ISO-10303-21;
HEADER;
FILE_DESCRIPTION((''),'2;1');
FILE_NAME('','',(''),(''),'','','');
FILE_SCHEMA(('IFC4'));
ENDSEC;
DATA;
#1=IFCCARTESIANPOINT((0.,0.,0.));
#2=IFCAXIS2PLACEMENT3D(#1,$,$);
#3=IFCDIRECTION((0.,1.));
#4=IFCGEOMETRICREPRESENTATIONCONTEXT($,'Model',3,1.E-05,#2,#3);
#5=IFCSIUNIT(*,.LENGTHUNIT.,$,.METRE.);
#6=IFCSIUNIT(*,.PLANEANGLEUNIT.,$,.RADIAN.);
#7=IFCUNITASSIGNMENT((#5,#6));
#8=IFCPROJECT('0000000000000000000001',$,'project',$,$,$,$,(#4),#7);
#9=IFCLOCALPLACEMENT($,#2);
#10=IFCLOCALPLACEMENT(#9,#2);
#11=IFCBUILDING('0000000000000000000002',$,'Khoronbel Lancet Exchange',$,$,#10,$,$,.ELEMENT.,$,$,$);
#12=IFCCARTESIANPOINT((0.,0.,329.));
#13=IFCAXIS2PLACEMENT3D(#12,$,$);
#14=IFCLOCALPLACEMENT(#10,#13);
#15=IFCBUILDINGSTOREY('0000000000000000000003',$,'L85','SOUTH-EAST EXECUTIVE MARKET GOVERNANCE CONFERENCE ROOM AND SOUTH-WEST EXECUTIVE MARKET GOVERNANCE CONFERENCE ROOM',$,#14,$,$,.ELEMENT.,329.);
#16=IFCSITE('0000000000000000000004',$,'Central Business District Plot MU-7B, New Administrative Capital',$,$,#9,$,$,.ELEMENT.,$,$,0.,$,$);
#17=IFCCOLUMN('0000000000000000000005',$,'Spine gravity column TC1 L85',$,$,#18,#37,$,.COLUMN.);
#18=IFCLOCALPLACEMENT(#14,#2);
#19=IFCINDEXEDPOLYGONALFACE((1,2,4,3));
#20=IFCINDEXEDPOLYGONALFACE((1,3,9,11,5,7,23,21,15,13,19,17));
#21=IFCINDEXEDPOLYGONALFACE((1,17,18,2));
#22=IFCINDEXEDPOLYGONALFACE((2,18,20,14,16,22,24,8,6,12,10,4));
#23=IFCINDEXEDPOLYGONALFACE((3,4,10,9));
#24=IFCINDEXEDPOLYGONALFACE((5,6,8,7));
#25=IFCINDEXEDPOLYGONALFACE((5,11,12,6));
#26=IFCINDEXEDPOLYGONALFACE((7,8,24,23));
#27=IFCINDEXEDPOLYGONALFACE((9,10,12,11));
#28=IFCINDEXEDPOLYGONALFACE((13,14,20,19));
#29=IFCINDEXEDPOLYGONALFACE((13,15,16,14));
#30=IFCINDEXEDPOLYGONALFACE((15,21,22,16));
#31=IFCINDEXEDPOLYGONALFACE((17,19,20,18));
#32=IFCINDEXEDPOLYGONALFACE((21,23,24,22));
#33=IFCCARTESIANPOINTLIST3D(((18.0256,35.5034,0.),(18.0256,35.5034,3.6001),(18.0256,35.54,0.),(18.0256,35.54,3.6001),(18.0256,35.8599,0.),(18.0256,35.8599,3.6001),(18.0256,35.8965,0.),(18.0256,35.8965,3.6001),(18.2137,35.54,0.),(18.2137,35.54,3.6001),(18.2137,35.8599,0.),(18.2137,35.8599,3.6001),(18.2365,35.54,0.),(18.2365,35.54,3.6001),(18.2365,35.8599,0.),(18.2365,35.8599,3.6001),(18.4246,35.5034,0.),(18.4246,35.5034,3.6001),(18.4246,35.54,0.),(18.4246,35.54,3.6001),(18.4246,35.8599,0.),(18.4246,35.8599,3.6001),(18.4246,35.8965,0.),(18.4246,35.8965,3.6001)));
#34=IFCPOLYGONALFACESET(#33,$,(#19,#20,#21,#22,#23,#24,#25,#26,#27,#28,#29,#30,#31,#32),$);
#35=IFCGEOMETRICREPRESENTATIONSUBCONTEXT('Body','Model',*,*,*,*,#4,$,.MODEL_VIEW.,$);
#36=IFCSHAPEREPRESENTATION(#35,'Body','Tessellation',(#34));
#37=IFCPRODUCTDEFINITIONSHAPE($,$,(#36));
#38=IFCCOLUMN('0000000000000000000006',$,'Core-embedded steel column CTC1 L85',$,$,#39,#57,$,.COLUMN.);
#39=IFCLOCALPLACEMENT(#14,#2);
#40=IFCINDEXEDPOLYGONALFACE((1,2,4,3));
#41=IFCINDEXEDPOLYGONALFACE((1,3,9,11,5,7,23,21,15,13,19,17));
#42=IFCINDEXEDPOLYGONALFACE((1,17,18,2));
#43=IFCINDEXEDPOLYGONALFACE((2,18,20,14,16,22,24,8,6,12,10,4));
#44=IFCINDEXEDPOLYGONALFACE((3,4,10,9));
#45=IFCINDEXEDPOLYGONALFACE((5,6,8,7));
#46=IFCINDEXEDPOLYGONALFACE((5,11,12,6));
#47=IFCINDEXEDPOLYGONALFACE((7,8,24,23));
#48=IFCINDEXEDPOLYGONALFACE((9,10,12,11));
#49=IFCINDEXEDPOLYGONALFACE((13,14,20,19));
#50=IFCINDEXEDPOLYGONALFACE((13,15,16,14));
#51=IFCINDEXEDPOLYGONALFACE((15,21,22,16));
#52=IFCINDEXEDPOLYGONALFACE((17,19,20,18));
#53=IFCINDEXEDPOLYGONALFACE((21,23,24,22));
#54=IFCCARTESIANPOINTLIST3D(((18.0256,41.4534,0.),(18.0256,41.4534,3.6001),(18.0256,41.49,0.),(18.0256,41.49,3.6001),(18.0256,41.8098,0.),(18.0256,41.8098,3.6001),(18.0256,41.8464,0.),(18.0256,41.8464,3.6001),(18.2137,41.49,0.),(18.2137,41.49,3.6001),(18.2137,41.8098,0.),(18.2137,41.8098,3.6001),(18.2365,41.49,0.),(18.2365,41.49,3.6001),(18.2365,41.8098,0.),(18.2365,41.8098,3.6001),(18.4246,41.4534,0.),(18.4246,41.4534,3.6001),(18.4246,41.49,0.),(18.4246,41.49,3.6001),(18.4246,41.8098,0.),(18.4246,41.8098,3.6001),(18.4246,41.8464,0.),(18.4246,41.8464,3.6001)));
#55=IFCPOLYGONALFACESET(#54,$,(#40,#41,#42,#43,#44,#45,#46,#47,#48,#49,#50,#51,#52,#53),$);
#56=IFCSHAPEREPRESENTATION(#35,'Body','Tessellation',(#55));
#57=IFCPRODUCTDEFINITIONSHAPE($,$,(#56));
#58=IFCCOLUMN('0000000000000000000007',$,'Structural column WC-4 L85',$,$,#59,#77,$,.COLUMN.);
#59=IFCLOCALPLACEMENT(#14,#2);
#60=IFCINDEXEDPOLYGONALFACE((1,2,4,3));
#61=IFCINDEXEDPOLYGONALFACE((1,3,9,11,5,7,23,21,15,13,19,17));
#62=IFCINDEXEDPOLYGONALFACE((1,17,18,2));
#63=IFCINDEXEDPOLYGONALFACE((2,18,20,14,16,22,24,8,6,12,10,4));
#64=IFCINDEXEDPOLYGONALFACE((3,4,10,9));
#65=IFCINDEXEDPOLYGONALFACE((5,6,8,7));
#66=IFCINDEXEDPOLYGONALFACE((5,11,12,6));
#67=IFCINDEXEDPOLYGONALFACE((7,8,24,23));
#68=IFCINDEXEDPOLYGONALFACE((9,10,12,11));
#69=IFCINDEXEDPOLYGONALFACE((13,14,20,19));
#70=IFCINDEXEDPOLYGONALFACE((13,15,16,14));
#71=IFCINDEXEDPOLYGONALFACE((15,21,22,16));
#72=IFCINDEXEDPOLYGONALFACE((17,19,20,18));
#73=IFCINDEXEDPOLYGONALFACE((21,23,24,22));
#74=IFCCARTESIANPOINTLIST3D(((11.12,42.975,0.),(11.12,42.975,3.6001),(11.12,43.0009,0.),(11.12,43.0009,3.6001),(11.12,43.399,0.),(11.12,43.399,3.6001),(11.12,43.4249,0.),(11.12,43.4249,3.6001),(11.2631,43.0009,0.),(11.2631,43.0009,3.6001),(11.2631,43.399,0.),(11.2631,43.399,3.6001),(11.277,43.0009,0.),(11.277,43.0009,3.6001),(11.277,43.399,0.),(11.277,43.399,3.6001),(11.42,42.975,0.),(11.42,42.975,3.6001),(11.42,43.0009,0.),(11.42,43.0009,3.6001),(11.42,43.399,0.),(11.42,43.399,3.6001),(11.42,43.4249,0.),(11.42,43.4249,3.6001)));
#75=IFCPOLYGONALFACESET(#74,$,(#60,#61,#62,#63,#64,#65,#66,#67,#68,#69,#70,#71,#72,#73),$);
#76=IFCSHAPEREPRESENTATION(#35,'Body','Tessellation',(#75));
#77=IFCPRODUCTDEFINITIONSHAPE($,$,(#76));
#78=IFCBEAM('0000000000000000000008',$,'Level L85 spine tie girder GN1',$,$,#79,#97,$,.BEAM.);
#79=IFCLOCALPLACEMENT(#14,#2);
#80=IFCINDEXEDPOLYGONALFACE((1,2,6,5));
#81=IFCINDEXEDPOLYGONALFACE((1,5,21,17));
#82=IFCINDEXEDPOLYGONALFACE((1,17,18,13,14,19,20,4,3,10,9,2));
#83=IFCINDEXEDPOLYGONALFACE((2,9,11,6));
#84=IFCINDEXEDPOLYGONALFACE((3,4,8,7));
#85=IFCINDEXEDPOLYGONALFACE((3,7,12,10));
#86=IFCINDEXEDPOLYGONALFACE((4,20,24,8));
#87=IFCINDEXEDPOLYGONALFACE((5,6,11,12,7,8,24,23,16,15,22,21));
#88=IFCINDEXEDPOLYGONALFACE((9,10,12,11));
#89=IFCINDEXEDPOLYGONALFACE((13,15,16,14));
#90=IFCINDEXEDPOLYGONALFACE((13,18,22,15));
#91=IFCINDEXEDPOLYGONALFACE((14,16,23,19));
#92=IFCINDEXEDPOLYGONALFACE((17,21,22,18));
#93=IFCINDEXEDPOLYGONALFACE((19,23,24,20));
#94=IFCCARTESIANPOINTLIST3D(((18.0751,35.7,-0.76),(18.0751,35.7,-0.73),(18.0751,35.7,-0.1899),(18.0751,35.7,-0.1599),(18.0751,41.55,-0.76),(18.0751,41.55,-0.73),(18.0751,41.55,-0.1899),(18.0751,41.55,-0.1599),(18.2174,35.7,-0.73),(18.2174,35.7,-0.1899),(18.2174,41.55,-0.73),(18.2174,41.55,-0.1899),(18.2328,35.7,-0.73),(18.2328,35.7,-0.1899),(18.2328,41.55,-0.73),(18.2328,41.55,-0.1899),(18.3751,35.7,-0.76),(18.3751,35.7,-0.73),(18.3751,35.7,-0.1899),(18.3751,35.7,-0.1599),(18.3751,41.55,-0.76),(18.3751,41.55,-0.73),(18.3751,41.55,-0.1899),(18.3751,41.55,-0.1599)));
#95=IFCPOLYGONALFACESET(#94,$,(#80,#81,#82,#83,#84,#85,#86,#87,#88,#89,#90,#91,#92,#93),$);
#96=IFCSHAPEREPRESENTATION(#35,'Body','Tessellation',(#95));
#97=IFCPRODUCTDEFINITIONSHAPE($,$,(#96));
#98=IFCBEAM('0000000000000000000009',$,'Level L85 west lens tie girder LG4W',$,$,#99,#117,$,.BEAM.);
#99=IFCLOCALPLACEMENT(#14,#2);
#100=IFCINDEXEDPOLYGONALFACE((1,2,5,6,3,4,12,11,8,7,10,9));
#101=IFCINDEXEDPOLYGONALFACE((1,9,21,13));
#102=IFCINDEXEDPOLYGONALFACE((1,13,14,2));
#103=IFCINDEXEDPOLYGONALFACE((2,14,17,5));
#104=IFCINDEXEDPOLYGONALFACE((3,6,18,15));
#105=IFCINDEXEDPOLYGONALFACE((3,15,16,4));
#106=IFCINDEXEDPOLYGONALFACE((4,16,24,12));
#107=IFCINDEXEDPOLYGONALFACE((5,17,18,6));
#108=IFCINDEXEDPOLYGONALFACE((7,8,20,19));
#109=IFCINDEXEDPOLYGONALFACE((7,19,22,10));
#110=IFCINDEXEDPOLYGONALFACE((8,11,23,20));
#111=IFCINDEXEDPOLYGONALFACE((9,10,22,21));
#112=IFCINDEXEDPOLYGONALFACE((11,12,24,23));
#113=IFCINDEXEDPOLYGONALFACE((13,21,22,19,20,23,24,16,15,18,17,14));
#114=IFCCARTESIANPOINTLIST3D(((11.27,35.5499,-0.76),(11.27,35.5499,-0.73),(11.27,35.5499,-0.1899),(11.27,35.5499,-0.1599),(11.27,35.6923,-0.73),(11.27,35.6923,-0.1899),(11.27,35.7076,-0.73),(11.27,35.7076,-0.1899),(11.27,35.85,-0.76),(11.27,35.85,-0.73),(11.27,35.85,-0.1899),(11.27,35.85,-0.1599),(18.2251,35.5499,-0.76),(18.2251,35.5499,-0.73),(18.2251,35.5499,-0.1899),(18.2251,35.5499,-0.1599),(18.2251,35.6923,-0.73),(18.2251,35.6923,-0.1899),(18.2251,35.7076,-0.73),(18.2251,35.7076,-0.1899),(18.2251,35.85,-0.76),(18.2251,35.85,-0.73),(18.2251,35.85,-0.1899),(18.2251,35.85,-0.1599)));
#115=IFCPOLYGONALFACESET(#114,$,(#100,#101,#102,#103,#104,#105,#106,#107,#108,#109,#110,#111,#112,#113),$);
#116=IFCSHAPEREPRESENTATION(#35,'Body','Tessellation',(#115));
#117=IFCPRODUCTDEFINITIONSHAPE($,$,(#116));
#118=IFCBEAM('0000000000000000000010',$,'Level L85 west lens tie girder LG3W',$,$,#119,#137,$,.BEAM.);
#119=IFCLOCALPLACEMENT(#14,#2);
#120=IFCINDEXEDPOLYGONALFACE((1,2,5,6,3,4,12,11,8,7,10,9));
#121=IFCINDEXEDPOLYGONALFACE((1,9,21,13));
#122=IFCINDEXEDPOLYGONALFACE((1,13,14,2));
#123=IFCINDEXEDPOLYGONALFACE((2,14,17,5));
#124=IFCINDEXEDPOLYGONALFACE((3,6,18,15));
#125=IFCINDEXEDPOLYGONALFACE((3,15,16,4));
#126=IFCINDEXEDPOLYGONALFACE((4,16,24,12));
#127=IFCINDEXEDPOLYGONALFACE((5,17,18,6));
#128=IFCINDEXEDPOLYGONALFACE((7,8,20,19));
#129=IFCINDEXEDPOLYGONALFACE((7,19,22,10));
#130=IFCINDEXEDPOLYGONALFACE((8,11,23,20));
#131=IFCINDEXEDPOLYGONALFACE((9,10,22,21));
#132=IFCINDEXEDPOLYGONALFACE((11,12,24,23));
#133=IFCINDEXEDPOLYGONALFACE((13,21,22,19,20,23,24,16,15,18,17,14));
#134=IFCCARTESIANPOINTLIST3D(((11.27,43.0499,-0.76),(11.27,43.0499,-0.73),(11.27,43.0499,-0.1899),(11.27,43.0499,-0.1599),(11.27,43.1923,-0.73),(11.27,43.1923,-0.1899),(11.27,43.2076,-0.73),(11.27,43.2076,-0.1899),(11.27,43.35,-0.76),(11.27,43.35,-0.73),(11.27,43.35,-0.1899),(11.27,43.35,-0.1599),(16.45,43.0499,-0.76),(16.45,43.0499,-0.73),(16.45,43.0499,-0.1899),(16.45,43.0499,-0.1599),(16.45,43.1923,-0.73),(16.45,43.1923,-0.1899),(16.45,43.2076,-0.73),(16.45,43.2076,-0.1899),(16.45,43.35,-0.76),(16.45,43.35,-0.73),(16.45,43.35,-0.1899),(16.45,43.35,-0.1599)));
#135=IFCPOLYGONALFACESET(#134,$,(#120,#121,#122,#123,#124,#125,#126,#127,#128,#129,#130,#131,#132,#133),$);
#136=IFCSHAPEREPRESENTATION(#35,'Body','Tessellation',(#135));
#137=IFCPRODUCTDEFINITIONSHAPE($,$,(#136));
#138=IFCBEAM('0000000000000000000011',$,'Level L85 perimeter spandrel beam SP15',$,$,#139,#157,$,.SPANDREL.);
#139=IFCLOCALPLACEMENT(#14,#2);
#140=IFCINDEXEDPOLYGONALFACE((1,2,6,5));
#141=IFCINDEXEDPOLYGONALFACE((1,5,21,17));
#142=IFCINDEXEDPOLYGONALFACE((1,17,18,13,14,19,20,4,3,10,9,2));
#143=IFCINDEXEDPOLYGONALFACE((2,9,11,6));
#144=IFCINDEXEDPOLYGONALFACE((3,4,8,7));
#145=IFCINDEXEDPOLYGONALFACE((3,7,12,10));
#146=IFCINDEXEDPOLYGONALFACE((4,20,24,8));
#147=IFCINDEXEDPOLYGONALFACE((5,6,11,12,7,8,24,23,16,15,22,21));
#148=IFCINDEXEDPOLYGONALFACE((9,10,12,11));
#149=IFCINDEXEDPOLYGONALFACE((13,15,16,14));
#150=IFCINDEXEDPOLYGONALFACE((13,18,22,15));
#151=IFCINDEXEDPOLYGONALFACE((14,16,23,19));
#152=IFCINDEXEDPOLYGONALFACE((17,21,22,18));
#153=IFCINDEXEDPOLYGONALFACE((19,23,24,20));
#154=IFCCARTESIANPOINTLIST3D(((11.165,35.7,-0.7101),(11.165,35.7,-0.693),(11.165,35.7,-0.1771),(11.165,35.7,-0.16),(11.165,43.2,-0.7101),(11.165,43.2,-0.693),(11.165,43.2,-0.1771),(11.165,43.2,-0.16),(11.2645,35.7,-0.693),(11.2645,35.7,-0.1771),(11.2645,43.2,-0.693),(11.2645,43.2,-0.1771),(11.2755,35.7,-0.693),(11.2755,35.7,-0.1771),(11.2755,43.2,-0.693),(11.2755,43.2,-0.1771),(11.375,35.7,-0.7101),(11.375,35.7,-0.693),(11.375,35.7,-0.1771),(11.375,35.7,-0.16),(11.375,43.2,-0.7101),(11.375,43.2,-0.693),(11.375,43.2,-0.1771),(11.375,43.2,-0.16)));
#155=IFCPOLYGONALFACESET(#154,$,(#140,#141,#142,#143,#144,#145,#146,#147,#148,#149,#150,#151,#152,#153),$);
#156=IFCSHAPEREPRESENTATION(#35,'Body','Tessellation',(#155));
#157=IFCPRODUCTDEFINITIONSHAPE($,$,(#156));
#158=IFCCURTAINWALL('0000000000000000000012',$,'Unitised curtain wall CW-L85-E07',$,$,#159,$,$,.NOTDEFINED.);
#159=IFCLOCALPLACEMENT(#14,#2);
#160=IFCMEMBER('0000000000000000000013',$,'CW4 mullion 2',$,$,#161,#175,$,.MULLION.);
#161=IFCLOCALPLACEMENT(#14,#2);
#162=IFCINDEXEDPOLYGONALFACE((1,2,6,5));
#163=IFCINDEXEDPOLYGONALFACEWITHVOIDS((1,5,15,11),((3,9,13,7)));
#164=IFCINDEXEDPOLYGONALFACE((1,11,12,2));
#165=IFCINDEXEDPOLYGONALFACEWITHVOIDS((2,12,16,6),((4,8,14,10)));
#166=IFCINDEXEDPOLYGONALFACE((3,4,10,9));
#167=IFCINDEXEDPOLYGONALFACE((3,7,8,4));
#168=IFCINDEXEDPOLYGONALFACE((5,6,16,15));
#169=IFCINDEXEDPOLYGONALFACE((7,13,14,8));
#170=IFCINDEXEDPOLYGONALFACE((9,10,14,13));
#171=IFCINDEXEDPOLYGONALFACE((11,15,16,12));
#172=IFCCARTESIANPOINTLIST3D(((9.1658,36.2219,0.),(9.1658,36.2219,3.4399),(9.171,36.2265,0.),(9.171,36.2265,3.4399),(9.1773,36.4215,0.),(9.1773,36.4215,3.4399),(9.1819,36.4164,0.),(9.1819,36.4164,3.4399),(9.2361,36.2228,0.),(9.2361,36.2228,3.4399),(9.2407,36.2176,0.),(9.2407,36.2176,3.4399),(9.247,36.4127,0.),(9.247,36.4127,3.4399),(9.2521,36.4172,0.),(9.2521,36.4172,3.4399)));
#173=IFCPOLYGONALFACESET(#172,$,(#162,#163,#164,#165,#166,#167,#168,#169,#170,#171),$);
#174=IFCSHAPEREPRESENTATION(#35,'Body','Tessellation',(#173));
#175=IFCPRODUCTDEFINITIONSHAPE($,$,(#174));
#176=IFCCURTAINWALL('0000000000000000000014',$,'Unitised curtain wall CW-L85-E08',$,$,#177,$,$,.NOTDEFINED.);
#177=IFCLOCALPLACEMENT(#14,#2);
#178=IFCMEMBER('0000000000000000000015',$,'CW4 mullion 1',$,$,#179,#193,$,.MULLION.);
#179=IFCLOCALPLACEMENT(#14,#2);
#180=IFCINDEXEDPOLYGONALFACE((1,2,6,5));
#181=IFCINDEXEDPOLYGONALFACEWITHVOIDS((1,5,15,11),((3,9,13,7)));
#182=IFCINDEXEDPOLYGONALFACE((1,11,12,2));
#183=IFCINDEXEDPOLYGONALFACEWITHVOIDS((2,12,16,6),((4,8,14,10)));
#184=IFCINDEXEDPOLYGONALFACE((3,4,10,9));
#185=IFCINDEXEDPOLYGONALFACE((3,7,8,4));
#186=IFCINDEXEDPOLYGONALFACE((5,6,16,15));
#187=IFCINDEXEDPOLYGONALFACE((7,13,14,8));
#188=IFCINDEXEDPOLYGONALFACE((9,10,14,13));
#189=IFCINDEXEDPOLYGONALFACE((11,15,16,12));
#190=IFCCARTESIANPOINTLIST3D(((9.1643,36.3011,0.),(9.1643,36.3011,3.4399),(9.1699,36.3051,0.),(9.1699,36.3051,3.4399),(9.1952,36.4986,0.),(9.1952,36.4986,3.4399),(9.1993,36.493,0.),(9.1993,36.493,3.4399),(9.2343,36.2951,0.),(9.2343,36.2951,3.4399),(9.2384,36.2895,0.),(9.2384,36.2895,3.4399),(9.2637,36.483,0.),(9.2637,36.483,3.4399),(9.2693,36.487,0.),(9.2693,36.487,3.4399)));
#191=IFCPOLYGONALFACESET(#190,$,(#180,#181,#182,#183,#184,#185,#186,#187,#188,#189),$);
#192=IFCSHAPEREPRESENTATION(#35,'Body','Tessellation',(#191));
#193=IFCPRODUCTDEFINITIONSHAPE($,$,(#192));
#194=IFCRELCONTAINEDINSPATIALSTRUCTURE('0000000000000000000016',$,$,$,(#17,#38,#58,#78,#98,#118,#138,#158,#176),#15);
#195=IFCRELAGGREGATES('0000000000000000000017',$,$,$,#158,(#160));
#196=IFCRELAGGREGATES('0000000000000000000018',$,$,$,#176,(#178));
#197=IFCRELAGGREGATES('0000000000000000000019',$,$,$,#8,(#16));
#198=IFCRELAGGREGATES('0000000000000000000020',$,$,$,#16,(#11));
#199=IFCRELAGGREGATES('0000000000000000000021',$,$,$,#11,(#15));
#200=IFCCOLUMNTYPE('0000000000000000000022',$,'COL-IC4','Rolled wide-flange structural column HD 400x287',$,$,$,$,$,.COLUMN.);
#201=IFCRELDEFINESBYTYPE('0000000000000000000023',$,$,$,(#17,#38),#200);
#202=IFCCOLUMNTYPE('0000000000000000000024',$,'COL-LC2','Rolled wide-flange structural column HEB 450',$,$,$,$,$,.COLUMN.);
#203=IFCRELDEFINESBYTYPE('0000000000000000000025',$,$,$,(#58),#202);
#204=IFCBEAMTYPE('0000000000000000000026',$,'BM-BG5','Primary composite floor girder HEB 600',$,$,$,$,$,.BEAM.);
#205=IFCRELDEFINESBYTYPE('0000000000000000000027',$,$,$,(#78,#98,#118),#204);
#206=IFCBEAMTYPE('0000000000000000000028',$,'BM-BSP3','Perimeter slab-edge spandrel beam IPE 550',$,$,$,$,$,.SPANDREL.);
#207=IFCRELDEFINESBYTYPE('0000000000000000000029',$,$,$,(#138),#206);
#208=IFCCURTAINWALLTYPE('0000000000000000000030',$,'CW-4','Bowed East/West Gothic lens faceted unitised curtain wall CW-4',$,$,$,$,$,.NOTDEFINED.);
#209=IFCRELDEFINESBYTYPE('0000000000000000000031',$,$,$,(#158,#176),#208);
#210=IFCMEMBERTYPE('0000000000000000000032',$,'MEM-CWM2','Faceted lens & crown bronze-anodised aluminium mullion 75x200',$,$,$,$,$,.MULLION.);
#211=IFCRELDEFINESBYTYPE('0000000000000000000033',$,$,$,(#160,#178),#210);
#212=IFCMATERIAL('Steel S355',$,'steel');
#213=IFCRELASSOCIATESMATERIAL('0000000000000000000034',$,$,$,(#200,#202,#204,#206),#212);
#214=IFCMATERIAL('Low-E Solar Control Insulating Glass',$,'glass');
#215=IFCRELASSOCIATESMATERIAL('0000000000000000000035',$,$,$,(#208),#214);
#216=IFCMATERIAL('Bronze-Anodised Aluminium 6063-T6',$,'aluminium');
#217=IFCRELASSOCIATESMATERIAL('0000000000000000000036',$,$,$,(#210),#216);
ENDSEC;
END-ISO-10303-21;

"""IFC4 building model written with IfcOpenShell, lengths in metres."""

from ifc_helpers import new_model, si_unit, direction, frame, origin, origin_2d, place, context, subcontext, project, spatial, hollow_rectangle, i_section, extrude, material, material_profile, profile_set, type_object, element, aggregate, save


model = new_model("IFC4")

# Units and contexts
model_context = context("Model", 3, precision=1e-05, world=origin(), true_north=direction((0.0, 1.0)))
body_context = subcontext(model_context, "Body", "Model", "MODEL_VIEW")
ifc_project = project(units=[si_unit("LENGTHUNIT", "METRE"), si_unit("PLANEANGLEUNIT", "RADIAN")], contexts=[model_context])

# Site, building, storey
site_placement = place(None, origin())
site = spatial("IfcSite", under=ifc_project, at=site_placement, Name="Central Business District Plot MU-7B, New Administrative Capital", CompositionType="ELEMENT", RefElevation=0.0)
building_placement = place(site_placement, origin())
building = spatial("IfcBuilding", under=site, at=building_placement, Name="Khoronbel Lancet Exchange", CompositionType="ELEMENT")
storey_placement = place(building_placement, frame((0.0, 0.0, 329.0)))
storey = spatial("IfcBuildingStorey", under=building, at=storey_placement, Name="L85", Description="SOUTH-EAST EXECUTIVE MARKET GOVERNANCE CONFERENCE ROOM AND SOUTH-WEST EXECUTIVE MARKET GOVERNANCE CONFERENCE ROOM", CompositionType="ELEMENT", Elevation=329.0)

# Columns
ifc_material_1 = material(Name="Steel S355", Category="steel")
ifc_material_profile_1 = material_profile(ifc_material_1, i_section(OverallWidth=0.3989, OverallDepth=0.3931, WebThickness=0.0227, FlangeThickness=0.0366, at=origin_2d()), Name="HD 400x287")
ifc_profile_set_1 = profile_set([ifc_material_profile_1], Name="Steel S355")
column_type_1 = type_object("IfcColumnType", Name="COL-IC4", Description="Rolled wide-flange structural column HD 400x287", PredefinedType="COLUMN", material=ifc_profile_set_1)
for number, where, z_axis, x_axis, name in (
    (1, (18.2251, 35.7, 0.0), (0.0, 0.0, 1.0), (1.0, 0.0, 0.0), "Spine gravity column TC1 L85"),
    (2, (18.2251, 41.6499, 0.0), (0.0, 0.0, 1.0), (1.0, 0.0, 0.0), "Core-embedded steel column CTC1 L85"),
):
    element("IfcColumn", number, at=place(storey_placement, frame(where, z_axis=z_axis, x_axis=x_axis)), inside=storey, type_object=column_type_1, Name=name, PredefinedType="COLUMN", context=body_context, shape_type="SweptSolid", body=[
        extrude(i_section(OverallWidth=0.3989, OverallDepth=0.3931, WebThickness=0.0227, FlangeThickness=0.0366, at=origin_2d()), origin(), (0.0, 0.0, 1.0), 3.6001),
    ])
ifc_material_profile_2 = material_profile(ifc_material_1, i_section(OverallWidth=0.3, OverallDepth=0.45, WebThickness=0.0139, FlangeThickness=0.0259, at=origin_2d()), Name="HEB 450")
ifc_profile_set_2 = profile_set([ifc_material_profile_2], Name="Steel S355")
column_type_2 = type_object("IfcColumnType", Name="COL-LC2", Description="Rolled wide-flange structural column HEB 450", PredefinedType="COLUMN", material=ifc_profile_set_2)
column_placement = place(storey_placement, frame((11.27, 43.2, 0.0), z_axis=(0.0, 0.0, 1.0), x_axis=(1.0, 0.0, 0.0)))
element("IfcColumn", 3, at=column_placement, inside=storey, type_object=column_type_2, Name="Structural column WC-4 L85", PredefinedType="COLUMN", context=body_context, shape_type="SweptSolid", body=[
    extrude(i_section(OverallWidth=0.3, OverallDepth=0.45, WebThickness=0.0139, FlangeThickness=0.0259, at=origin_2d()), origin(), (0.0, 0.0, 1.0), 3.6001),
])

# Beams
ifc_material_profile_3 = material_profile(ifc_material_1, i_section(OverallWidth=0.3, OverallDepth=0.6001, WebThickness=0.0154, FlangeThickness=0.03, at=origin_2d()), Name="HEB 600")
ifc_profile_set_3 = profile_set([ifc_material_profile_3], Name="Steel S355")
beam_type_1 = type_object("IfcBeamType", Name="BM-BG5", Description="Primary composite floor girder HEB 600", PredefinedType="BEAM", material=ifc_profile_set_3)
beam_1_placement = place(storey_placement, frame((18.2251, 35.7, -0.46), z_axis=(0.0, 1.0, 0.0), x_axis=(-1.0, 0.0, 0.0)))
element("IfcBeam", 4, at=beam_1_placement, inside=storey, type_object=beam_type_1, Name="Level L85 spine tie girder GN1", PredefinedType="BEAM", context=body_context, shape_type="SweptSolid", body=[
    extrude(i_section(OverallWidth=0.3, OverallDepth=0.6001, WebThickness=0.0154, FlangeThickness=0.03, at=origin_2d()), origin(), (0.0, 0.0, 1.0), 5.8501),
])
beam_2_placement = place(storey_placement, frame((11.27, 35.7, -0.46), z_axis=(1.0, 0.0, 0.0), x_axis=(0.0, 1.0, 0.0)))
element("IfcBeam", 5, at=beam_2_placement, inside=storey, type_object=beam_type_1, Name="Level L85 west lens tie girder LG4W", PredefinedType="BEAM", context=body_context, shape_type="SweptSolid", body=[
    extrude(i_section(OverallWidth=0.3, OverallDepth=0.6001, WebThickness=0.0154, FlangeThickness=0.03, at=origin_2d()), origin(), (0.0, 0.0, 1.0), 6.9551),
])
beam_3_placement = place(storey_placement, frame((11.27, 43.2, -0.46), z_axis=(1.0, 0.0, 0.0), x_axis=(0.0, 1.0, 0.0)))
element("IfcBeam", 6, at=beam_3_placement, inside=storey, type_object=beam_type_1, Name="Level L85 west lens tie girder LG3W", PredefinedType="BEAM", context=body_context, shape_type="SweptSolid", body=[
    extrude(i_section(OverallWidth=0.3, OverallDepth=0.6001, WebThickness=0.0154, FlangeThickness=0.03, at=origin_2d()), origin(), (0.0, 0.0, 1.0), 5.1799),
])
ifc_material_profile_4 = material_profile(ifc_material_1, i_section(OverallWidth=0.21, OverallDepth=0.55, WebThickness=0.011, FlangeThickness=0.0171, at=origin_2d()), Name="IPE 550")
ifc_profile_set_4 = profile_set([ifc_material_profile_4], Name="Steel S355")
beam_type_2 = type_object("IfcBeamType", Name="BM-BSP3", Description="Perimeter slab-edge spandrel beam IPE 550", PredefinedType="SPANDREL", material=ifc_profile_set_4)
beam_4_placement = place(storey_placement, frame((11.27, 43.2, -0.4351), z_axis=(0.0, -1.0, 0.0), x_axis=(1.0, 0.0, 0.0)))
element("IfcBeam", 7, at=beam_4_placement, inside=storey, type_object=beam_type_2, Name="Level L85 perimeter spandrel beam SP15", PredefinedType="SPANDREL", context=body_context, shape_type="SweptSolid", body=[
    extrude(i_section(OverallWidth=0.21, OverallDepth=0.55, WebThickness=0.011, FlangeThickness=0.0171, at=origin_2d()), origin(), (0.0, 0.0, 1.0), 7.5),
])

# Curtain wall, member
ifc_material_2 = material(Name="Low-E Solar Control Insulating Glass", Category="glass")
curtain_wall_type = type_object("IfcCurtainWallType", Name="CW-4", Description="Bowed East/West Gothic lens faceted unitised curtain wall CW-4", PredefinedType="NOTDEFINED", material=ifc_material_2)
curtain_wall_1_placement = place(storey_placement, origin())
curtain_wall_1 = element("IfcCurtainWall", 8, at=curtain_wall_1_placement, inside=storey, type_object=curtain_wall_type, Name="Unitised curtain wall CW-L85-E07", PredefinedType="NOTDEFINED")
ifc_material_3 = material(Name="Bronze-Anodised Aluminium 6063-T6", Category="aluminium")
ifc_material_profile_5 = material_profile(ifc_material_3, hollow_rectangle(XDim=0.075, YDim=0.2, WallThickness=0.0049, at=origin_2d()), Name="ALU MULLION 75x200")
ifc_profile_set_5 = profile_set([ifc_material_profile_5], Name="Bronze-Anodised Aluminium 6063-T6")
member_type_1 = type_object("IfcMemberType", Name="MEM-CWM2", Description="Faceted lens & crown bronze-anodised aluminium mullion 75x200", PredefinedType="MULLION", material=ifc_profile_set_5)
member_1_placement = place(storey_placement, frame((9.209, 36.3196, 0.0), z_axis=(0.0, 0.0, 1.0), x_axis=(-0.998362, 0.057216, 0.0)))
member_1 = element("IfcMember", 9, at=member_1_placement, type_object=member_type_1, Name="CW4 mullion 2", PredefinedType="MULLION", context=body_context, shape_type="SweptSolid", body=[
    extrude(hollow_rectangle(XDim=0.075, YDim=0.2, WallThickness=0.0049, at=origin_2d()), origin(), (0.0, 0.0, 1.0), 3.4399),
])
aggregate(curtain_wall_1, [member_1])

# Curtain wall, member
curtain_wall_2_placement = place(storey_placement, origin())
curtain_wall_2 = element("IfcCurtainWall", 10, at=curtain_wall_2_placement, inside=storey, type_object=curtain_wall_type, Name="Unitised curtain wall CW-L85-E08", PredefinedType="NOTDEFINED")
member_2_placement = place(storey_placement, frame((9.2168, 36.394, 0.0), z_axis=(0.0, 0.0, 1.0), x_axis=(-0.987967, 0.154668, 0.0)))
member_2 = element("IfcMember", 11, at=member_2_placement, type_object=member_type_1, Name="CW4 mullion 1", PredefinedType="MULLION", context=body_context, shape_type="SweptSolid", body=[
    extrude(hollow_rectangle(XDim=0.075, YDim=0.2, WallThickness=0.0049, at=origin_2d()), origin(), (0.0, 0.0, 1.0), 3.4399),
])

aggregate(curtain_wall_2, [member_2])

save(model, "model.ifc")
